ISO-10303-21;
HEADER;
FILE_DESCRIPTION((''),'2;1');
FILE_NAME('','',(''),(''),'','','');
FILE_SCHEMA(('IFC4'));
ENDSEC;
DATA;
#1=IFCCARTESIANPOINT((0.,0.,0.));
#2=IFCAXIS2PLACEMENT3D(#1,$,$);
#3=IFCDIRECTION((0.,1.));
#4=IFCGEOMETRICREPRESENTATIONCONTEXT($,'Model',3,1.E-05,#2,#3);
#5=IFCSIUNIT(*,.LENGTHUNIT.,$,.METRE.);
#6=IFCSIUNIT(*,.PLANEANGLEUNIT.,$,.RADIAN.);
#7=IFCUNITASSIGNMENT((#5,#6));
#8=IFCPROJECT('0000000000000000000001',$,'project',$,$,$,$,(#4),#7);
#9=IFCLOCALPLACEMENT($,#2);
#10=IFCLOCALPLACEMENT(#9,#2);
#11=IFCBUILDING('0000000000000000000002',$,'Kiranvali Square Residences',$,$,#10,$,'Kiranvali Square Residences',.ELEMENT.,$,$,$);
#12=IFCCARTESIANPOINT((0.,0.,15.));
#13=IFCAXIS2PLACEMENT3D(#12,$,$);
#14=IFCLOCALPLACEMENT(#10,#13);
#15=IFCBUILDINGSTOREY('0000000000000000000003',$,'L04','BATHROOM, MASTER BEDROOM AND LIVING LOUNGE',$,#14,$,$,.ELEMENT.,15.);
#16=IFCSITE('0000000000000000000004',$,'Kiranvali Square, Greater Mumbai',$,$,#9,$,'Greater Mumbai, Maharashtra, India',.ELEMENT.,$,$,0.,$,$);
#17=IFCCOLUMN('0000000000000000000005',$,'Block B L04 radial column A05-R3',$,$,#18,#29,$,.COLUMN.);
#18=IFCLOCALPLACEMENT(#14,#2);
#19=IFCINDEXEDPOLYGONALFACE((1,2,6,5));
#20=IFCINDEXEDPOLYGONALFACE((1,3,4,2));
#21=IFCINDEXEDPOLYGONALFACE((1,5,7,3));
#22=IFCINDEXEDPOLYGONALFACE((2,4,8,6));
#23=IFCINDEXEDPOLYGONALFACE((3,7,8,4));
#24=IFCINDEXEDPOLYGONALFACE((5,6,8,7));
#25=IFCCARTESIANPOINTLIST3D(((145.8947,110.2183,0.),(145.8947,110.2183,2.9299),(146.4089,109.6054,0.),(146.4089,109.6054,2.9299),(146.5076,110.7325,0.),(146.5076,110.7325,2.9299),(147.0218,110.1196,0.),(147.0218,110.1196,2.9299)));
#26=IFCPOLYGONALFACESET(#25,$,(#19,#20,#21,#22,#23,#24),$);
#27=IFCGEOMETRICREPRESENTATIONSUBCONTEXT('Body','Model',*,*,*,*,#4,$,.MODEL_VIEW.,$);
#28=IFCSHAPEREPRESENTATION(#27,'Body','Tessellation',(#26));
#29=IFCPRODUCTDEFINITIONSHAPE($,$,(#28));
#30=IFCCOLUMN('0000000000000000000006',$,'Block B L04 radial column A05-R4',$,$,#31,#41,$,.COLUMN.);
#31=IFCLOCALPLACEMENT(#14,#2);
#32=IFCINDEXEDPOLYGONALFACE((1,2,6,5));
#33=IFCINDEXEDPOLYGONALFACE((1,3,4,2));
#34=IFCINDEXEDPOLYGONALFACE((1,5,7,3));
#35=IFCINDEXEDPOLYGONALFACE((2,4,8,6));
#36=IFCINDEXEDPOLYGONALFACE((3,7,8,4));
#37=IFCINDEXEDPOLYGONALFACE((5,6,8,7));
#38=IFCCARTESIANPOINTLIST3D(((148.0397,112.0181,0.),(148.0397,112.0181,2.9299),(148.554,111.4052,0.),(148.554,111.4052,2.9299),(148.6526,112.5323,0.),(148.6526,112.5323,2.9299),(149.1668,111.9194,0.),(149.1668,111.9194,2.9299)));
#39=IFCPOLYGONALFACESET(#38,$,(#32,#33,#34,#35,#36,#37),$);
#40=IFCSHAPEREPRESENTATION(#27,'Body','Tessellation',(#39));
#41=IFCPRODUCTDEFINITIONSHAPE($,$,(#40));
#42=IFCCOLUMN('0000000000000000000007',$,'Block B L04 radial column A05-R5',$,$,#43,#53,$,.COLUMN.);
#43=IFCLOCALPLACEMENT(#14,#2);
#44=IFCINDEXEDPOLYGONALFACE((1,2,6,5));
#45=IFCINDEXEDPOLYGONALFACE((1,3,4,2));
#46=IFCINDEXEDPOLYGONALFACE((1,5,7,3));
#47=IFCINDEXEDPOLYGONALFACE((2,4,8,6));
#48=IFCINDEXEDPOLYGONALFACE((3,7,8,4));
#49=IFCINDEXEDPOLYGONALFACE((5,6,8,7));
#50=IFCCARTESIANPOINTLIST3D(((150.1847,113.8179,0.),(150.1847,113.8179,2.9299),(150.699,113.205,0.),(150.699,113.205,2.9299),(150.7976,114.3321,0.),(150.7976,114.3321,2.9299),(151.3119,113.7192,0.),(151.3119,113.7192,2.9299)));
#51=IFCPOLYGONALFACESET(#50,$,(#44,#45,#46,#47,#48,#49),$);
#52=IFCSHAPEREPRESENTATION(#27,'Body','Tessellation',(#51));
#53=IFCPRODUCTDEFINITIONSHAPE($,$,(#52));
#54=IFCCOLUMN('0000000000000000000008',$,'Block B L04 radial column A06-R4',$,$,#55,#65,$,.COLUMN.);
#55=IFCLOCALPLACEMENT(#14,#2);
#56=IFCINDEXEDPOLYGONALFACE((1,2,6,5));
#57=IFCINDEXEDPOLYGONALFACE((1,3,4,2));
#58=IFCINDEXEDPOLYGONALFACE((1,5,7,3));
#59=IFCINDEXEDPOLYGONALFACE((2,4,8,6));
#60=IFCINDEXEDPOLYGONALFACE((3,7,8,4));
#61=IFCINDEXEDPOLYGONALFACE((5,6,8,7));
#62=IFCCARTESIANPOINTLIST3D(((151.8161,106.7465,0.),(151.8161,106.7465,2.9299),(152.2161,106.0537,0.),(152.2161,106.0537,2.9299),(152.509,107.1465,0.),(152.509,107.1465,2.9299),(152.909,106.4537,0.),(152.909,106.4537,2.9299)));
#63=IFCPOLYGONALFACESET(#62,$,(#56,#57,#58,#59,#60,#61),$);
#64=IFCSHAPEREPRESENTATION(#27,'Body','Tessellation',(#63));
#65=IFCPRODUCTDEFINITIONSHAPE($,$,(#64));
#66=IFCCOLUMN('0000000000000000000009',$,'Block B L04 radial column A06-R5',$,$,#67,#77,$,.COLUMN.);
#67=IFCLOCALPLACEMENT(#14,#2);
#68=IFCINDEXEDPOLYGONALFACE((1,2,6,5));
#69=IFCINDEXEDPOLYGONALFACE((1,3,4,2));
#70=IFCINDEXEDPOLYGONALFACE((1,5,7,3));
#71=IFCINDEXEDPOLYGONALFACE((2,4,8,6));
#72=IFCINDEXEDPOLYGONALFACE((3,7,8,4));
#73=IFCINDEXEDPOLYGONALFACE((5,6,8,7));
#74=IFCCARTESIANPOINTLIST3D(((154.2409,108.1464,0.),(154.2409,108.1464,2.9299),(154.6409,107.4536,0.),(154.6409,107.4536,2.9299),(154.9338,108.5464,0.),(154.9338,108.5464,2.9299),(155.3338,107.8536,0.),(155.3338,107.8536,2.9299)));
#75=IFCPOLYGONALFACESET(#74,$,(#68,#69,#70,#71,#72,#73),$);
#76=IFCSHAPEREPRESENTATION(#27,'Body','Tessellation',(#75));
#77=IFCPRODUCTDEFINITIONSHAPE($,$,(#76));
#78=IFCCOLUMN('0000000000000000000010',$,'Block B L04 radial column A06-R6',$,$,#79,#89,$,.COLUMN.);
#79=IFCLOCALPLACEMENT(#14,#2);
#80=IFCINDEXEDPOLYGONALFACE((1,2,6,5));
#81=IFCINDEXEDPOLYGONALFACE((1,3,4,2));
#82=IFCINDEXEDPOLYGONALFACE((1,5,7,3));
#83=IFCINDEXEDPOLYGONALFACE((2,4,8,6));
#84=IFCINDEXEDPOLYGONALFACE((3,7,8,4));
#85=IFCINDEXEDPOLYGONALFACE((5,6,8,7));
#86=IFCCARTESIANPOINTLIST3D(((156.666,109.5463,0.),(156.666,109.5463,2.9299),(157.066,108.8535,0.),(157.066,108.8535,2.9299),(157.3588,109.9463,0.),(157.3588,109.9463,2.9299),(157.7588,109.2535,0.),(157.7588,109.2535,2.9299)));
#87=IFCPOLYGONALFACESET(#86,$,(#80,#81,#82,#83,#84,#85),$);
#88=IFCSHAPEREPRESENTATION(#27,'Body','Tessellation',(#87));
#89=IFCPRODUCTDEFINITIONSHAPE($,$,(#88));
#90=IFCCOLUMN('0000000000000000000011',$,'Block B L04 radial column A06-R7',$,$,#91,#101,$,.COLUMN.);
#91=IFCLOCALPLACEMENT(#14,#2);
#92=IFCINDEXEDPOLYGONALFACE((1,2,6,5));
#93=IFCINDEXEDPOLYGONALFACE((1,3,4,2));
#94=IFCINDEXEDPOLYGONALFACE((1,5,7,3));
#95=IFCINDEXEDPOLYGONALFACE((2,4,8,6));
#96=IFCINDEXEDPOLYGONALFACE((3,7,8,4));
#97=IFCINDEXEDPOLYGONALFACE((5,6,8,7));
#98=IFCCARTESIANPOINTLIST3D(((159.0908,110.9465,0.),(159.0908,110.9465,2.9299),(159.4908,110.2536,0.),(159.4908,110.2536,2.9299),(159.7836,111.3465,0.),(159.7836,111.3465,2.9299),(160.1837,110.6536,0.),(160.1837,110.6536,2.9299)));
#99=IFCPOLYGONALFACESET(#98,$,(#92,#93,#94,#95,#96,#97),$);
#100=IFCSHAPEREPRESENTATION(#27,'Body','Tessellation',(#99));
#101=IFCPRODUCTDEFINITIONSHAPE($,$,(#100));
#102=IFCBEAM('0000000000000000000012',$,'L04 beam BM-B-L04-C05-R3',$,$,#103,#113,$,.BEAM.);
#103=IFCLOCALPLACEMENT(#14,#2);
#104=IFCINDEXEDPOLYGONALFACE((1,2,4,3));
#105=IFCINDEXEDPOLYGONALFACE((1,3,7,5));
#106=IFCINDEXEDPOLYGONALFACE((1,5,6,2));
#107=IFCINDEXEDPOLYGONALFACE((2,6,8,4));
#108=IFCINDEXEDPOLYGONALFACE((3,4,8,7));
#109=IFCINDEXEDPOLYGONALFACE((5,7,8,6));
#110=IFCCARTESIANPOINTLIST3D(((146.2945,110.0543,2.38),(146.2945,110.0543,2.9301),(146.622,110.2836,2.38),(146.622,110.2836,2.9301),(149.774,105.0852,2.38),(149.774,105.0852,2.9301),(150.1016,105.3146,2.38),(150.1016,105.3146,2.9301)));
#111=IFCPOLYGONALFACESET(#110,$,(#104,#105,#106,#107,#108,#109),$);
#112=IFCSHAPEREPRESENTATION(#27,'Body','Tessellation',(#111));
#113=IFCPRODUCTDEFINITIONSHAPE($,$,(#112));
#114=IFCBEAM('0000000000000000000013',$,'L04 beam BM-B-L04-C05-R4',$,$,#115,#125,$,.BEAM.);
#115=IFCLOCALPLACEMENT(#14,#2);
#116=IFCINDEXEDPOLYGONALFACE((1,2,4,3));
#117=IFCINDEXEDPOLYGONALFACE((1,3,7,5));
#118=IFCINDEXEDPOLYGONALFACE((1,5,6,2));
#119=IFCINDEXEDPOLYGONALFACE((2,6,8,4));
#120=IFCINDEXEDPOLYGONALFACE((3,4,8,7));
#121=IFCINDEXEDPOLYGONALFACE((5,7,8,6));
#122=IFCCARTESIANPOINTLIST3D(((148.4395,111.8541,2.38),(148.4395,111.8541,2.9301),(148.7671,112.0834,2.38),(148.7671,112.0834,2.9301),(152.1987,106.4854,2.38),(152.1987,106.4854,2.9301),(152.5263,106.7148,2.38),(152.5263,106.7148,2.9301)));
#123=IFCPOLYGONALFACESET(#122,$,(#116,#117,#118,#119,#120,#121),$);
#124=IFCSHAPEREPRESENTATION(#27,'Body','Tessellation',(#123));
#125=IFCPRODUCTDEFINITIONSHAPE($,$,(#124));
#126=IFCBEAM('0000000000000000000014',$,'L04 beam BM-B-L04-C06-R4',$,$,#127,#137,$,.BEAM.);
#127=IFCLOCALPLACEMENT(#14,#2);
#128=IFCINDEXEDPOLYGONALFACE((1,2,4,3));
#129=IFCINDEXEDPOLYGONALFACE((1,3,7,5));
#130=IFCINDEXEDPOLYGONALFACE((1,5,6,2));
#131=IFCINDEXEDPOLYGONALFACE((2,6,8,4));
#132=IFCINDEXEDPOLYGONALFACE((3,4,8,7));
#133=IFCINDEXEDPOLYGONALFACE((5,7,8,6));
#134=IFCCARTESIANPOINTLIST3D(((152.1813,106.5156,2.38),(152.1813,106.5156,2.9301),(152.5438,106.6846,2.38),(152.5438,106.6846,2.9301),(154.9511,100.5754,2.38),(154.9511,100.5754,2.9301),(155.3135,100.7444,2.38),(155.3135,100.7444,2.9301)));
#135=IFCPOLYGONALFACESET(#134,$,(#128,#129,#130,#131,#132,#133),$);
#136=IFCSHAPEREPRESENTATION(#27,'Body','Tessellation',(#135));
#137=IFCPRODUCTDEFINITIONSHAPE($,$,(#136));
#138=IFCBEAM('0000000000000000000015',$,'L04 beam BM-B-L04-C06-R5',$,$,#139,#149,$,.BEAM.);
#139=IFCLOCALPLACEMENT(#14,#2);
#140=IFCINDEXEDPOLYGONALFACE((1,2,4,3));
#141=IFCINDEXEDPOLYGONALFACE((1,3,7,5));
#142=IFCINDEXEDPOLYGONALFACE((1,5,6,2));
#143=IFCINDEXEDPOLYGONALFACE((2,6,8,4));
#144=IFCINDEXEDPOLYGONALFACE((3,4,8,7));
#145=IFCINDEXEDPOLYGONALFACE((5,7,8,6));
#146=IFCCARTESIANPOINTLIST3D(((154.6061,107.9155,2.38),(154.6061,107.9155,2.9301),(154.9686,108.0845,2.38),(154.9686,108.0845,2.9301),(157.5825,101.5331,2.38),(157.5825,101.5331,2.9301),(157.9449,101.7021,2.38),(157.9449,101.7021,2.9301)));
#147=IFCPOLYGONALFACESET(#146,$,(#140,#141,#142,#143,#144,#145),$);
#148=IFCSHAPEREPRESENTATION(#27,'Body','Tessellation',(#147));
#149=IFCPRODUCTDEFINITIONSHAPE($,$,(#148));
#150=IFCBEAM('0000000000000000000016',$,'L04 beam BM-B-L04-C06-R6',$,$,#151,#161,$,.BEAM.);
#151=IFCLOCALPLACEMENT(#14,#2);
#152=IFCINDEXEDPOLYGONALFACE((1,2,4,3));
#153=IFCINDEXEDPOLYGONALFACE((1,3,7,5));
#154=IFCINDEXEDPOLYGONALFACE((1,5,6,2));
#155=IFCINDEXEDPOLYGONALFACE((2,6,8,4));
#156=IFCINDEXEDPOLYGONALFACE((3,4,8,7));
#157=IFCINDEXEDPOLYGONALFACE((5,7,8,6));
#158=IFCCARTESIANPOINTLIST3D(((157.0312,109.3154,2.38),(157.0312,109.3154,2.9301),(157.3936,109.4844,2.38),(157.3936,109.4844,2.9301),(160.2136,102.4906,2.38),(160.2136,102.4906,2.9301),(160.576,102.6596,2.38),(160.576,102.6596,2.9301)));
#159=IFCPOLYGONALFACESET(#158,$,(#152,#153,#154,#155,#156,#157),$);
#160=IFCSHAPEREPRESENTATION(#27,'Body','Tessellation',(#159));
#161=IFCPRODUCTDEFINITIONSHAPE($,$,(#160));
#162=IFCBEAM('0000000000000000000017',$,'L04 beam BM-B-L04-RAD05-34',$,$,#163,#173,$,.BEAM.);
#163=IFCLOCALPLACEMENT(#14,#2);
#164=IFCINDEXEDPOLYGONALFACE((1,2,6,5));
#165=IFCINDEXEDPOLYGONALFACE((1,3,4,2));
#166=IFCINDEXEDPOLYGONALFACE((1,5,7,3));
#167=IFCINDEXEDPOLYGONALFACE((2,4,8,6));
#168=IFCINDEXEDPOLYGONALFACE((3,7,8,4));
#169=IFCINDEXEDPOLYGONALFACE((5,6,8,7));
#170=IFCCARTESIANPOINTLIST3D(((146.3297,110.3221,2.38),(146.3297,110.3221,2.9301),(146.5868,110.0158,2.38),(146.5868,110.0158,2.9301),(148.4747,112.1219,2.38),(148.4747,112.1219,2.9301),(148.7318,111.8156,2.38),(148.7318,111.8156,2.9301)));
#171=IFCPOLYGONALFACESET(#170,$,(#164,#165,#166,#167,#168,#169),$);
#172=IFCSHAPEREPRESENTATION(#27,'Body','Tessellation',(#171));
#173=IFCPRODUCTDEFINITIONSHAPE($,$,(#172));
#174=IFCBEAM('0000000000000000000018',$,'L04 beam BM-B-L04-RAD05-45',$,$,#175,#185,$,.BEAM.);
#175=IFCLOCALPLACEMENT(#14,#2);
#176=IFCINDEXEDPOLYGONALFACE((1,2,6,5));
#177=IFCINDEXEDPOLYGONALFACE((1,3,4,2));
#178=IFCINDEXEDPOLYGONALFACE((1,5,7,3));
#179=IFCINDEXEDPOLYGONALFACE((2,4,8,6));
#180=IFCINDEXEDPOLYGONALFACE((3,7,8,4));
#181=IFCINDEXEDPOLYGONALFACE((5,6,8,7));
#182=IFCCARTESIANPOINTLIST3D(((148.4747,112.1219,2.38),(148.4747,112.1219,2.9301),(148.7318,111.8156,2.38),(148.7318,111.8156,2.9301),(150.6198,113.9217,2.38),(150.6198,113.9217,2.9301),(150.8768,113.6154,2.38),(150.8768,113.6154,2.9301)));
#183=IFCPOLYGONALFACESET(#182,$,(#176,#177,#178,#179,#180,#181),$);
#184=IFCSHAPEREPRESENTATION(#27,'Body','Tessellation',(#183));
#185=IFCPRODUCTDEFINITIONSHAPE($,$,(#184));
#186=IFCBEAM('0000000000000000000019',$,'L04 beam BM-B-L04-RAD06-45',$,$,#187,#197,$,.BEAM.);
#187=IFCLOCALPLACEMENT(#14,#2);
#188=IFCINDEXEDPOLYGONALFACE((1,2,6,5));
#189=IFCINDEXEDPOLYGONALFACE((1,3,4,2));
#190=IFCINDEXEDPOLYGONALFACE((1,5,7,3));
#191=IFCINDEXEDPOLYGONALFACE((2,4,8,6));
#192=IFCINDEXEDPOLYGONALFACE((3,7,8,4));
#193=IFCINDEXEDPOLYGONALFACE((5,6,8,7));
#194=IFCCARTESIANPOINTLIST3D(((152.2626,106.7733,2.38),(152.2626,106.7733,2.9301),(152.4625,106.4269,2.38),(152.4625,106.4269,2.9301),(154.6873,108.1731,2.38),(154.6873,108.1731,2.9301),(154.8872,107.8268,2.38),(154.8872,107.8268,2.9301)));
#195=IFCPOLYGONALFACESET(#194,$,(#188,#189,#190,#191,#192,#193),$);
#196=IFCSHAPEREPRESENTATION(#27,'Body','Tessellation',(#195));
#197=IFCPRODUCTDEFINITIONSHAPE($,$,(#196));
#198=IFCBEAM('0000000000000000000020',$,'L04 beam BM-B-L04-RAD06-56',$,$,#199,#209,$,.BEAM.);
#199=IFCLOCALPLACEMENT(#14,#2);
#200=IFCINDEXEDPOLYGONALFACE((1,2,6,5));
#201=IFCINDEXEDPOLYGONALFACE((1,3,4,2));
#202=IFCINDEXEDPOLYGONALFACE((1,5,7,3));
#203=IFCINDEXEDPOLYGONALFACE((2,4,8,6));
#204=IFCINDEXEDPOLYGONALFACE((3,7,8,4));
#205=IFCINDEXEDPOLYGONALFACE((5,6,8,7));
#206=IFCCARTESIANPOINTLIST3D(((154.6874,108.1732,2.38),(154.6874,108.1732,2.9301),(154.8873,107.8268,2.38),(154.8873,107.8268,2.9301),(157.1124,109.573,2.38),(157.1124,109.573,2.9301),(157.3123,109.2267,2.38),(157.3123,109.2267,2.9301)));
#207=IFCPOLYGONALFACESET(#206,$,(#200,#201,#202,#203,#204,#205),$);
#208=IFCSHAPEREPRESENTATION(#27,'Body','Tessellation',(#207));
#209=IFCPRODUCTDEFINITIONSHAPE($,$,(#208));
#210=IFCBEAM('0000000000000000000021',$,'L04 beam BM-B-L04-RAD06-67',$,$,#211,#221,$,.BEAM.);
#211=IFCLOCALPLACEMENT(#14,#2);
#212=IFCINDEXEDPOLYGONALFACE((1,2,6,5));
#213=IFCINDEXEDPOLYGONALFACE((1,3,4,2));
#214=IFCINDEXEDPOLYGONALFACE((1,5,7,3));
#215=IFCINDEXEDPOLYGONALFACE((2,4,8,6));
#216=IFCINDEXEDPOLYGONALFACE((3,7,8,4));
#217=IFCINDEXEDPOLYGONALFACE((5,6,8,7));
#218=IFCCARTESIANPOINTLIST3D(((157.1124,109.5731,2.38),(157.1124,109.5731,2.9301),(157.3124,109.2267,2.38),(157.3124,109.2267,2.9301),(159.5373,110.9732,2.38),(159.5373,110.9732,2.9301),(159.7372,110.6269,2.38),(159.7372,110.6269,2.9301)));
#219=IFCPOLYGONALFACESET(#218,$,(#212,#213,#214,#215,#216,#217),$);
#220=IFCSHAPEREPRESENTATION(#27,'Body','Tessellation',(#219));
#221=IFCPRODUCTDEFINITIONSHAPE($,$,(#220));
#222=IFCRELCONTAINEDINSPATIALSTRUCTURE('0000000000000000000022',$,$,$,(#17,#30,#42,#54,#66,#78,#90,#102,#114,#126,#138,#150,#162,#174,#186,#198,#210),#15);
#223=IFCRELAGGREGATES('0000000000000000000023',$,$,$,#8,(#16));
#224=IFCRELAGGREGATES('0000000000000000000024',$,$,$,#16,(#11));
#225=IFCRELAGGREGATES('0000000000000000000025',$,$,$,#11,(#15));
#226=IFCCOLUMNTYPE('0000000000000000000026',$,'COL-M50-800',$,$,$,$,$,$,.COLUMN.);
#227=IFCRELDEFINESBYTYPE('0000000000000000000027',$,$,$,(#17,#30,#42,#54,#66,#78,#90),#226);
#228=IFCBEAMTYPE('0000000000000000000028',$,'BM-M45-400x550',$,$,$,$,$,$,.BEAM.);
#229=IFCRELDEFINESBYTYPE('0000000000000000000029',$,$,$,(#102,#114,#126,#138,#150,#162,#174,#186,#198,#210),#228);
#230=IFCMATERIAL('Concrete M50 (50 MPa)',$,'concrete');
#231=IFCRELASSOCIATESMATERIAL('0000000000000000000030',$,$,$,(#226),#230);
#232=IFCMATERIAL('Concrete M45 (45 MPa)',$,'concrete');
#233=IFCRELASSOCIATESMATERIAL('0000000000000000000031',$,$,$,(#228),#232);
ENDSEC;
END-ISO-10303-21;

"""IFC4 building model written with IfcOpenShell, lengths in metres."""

from ifc_helpers import new_model, si_unit, direction, frame, origin, origin_2d, place, context, subcontext, project, spatial, rectangle, extrude, material, material_profile, profile_set, type_object, element, save


model = new_model("IFC4")

# Units and contexts
model_context = context("Model", 3, precision=1e-05, world=origin(), true_north=direction((0.0, 1.0)))
body_context = subcontext(model_context, "Body", "Model", "MODEL_VIEW")
ifc_project = project(units=[si_unit("LENGTHUNIT", "METRE"), si_unit("PLANEANGLEUNIT", "RADIAN")], contexts=[model_context])

# Site, building, storey
site_placement = place(None, origin())
site = spatial("IfcSite", under=ifc_project, at=site_placement, Name="Kiranvali Square, Greater Mumbai", LongName="Greater Mumbai, Maharashtra, India", CompositionType="ELEMENT", RefElevation=0.0)
building_placement = place(site_placement, origin())
building = spatial("IfcBuilding", under=site, at=building_placement, Name="Kiranvali Square Residences", LongName="Kiranvali Square Residences", CompositionType="ELEMENT")
storey_placement = place(building_placement, frame((0.0, 0.0, 15.0)))
storey = spatial("IfcBuildingStorey", under=building, at=storey_placement, Name="L04", Description="BATHROOM, MASTER BEDROOM AND LIVING LOUNGE", CompositionType="ELEMENT", Elevation=15.0)

# Columns
ifc_material_1 = material(Name="Concrete M50 (50 MPa)", Category="concrete")
ifc_material_profile_1 = material_profile(ifc_material_1, rectangle(XDim=0.8, YDim=0.8, at=origin_2d()), Name="RC 800x800")
ifc_profile_set_1 = profile_set([ifc_material_profile_1], Name="Concrete M50 (50 MPa)")
column_type = type_object("IfcColumnType", Name="COL-M50-800", PredefinedType="COLUMN", material=ifc_profile_set_1)
for number, where, z_axis, x_axis, name in (
    (1, (146.4583, 110.1689, 0.0), (0.0, 0.0, 1.0), (-0.642788, 0.766044, 0.0), "Block B L04 radial column A05-R3"),
    (2, (148.6033, 111.9688, 0.0), (0.0, 0.0, 1.0), (-0.642788, 0.766044, 0.0), "Block B L04 radial column A05-R4"),
    (3, (150.7483, 113.7686, 0.0), (0.0, 0.0, 1.0), (-0.642788, 0.766044, 0.0), "Block B L04 radial column A05-R5"),
    (4, (152.3625, 106.6001, 0.0), (0.0, 0.0, 1.0), (-0.5, 0.866025, 0.0), "Block B L04 radial column A06-R4"),
    (5, (154.7874, 108.0, 0.0), (0.0, 0.0, 1.0), (-0.5, 0.866025, 0.0), "Block B L04 radial column A06-R5"),
    (6, (157.2124, 109.3999, 0.0), (0.0, 0.0, 1.0), (-0.5, 0.866025, 0.0), "Block B L04 radial column A06-R6"),
    (7, (159.6372, 110.8, 0.0), (0.0, 0.0, 1.0), (-0.5, 0.866025, 0.0), "Block B L04 radial column A06-R7"),
):
    element("IfcColumn", number, at=place(storey_placement, frame(where, z_axis=z_axis, x_axis=x_axis)), inside=storey, type_object=column_type, Name=name, PredefinedType="COLUMN", context=body_context, shape_type="SweptSolid", body=[
        extrude(rectangle(XDim=0.8, YDim=0.8, at=origin_2d()), origin(), (0.0, 0.0, 1.0), 2.9299),
    ])

# Beams
ifc_material_2 = material(Name="Concrete M45 (45 MPa)", Category="concrete")
ifc_material_profile_2 = material_profile(ifc_material_2, rectangle(XDim=0.3999, YDim=0.55, at=origin_2d()), Name="RC 400x550")
ifc_profile_set_2 = profile_set([ifc_material_profile_2], Name="Concrete M45 (45 MPa)")
beam_type_1 = type_object("IfcBeamType", Name="BM-M45-400x550", PredefinedType="BEAM", material=ifc_profile_set_2)
beam_1_placement = place(storey_placement, frame((146.4583, 110.1689, 2.655), z_axis=(0.573595, -0.819139, 0.0), x_axis=(0.819139, 0.573595, 0.0)))
element("IfcBeam", 8, at=beam_1_placement, inside=storey, type_object=beam_type_1, Name="L04 beam BM-B-L04-C05-R3", PredefinedType="BEAM", context=body_context, shape_type="SweptSolid", body=[
    extrude(rectangle(XDim=0.3999, YDim=0.55, at=origin_2d()), origin(), (0.0, 0.0, 1.0), 6.0662),
])
beam_2_placement = place(storey_placement, frame((148.6033, 111.9688, 2.655), z_axis=(0.573587, -0.819144, 0.0), x_axis=(0.819144, 0.573587, 0.0)))
element("IfcBeam", 9, at=beam_2_placement, inside=storey, type_object=beam_type_1, Name="L04 beam BM-B-L04-C05-R4", PredefinedType="BEAM", context=body_context, shape_type="SweptSolid", body=[
    extrude(rectangle(XDim=0.3999, YDim=0.55, at=origin_2d()), origin(), (0.0, 0.0, 1.0), 6.554),
])
beam_3_placement = place(storey_placement, frame((152.3625, 106.6001, 2.655), z_axis=(0.422596, -0.906318, 0.0), x_axis=(0.906318, 0.422596, 0.0)))
element("IfcBeam", 10, at=beam_3_placement, inside=storey, type_object=beam_type_1, Name="L04 beam BM-B-L04-C06-R4", PredefinedType="BEAM", context=body_context, shape_type="SweptSolid", body=[
    extrude(rectangle(XDim=0.3999, YDim=0.55, at=origin_2d()), origin(), (0.0, 0.0, 1.0), 6.5542),
])
beam_4_placement = place(storey_placement, frame((154.7874, 108.0, 2.655), z_axis=(0.422641, -0.906297, 0.0), x_axis=(0.906297, 0.422641, 0.0)))
element("IfcBeam", 11, at=beam_4_placement, inside=storey, type_object=beam_type_1, Name="L04 beam BM-B-L04-C06-R5", PredefinedType="BEAM", context=body_context, shape_type="SweptSolid", body=[
    extrude(rectangle(XDim=0.3999, YDim=0.55, at=origin_2d()), origin(), (0.0, 0.0, 1.0), 7.0422),
])
beam_5_placement = place(storey_placement, frame((157.2124, 109.3999, 2.655), z_axis=(0.422614, -0.90631, 0.0), x_axis=(0.90631, 0.422614, 0.0)))
element("IfcBeam", 12, at=beam_5_placement, inside=storey, type_object=beam_type_1, Name="L04 beam BM-B-L04-C06-R6", PredefinedType="BEAM", context=body_context, shape_type="SweptSolid", body=[
    extrude(rectangle(XDim=0.3999, YDim=0.55, at=origin_2d()), origin(), (0.0, 0.0, 1.0), 7.5303),
])
for number, where, z_axis, x_axis, name in (
    (13, (146.4583, 110.1689, 2.655), (0.766059, 0.642771, 0.0), (-0.642771, 0.766059, 0.0), "L04 beam BM-B-L04-RAD05-34"),
    (14, (148.6033, 111.9688, 2.655), (0.766059, 0.642771, 0.0), (-0.642771, 0.766059, 0.0), "L04 beam BM-B-L04-RAD05-45"),
):
    element("IfcBeam", number, at=place(storey_placement, frame(where, z_axis=z_axis, x_axis=x_axis)), inside=storey, type_object=beam_type_1, Name=name, PredefinedType="BEAM", context=body_context, shape_type="SweptSolid", body=[
        extrude(rectangle(XDim=0.3999, YDim=0.55, at=origin_2d()), origin(), (0.0, 0.0, 1.0), 2.8),
    ])
beam_6_placement = place(storey_placement, frame((152.3625, 106.6001, 2.655), z_axis=(0.866035, 0.499984, 0.0), x_axis=(-0.499984, 0.866035, 0.0)))
element("IfcBeam", 15, at=beam_6_placement, inside=storey, type_object=beam_type_1, Name="L04 beam BM-B-L04-RAD06-45", PredefinedType="BEAM", context=body_context, shape_type="SweptSolid", body=[
    extrude(rectangle(XDim=0.3999, YDim=0.55, at=origin_2d()), origin(), (0.0, 0.0, 1.0), 2.7998),
])
for number, where, z_axis, x_axis, name in (
    (16, (154.7874, 108.0, 2.655), (0.866056, 0.499946, 0.0), (-0.499946, 0.866056, 0.0), "L04 beam BM-B-L04-RAD06-56"),
    (17, (157.2124, 109.3999, 2.655), (0.865997, 0.50005, 0.0), (-0.50005, 0.865997, 0.0), "L04 beam BM-B-L04-RAD06-67"),
):
    element("IfcBeam", number, at=place(storey_placement, frame(where, z_axis=z_axis, x_axis=x_axis)), inside=storey, type_object=beam_type_1, Name=name, PredefinedType="BEAM", context=body_context, shape_type="SweptSolid", body=[
        extrude(rectangle(XDim=0.3999, YDim=0.55, at=origin_2d()), origin(), (0.0, 0.0, 1.0), 2.8),
    ])

save(model, "model.ifc")
